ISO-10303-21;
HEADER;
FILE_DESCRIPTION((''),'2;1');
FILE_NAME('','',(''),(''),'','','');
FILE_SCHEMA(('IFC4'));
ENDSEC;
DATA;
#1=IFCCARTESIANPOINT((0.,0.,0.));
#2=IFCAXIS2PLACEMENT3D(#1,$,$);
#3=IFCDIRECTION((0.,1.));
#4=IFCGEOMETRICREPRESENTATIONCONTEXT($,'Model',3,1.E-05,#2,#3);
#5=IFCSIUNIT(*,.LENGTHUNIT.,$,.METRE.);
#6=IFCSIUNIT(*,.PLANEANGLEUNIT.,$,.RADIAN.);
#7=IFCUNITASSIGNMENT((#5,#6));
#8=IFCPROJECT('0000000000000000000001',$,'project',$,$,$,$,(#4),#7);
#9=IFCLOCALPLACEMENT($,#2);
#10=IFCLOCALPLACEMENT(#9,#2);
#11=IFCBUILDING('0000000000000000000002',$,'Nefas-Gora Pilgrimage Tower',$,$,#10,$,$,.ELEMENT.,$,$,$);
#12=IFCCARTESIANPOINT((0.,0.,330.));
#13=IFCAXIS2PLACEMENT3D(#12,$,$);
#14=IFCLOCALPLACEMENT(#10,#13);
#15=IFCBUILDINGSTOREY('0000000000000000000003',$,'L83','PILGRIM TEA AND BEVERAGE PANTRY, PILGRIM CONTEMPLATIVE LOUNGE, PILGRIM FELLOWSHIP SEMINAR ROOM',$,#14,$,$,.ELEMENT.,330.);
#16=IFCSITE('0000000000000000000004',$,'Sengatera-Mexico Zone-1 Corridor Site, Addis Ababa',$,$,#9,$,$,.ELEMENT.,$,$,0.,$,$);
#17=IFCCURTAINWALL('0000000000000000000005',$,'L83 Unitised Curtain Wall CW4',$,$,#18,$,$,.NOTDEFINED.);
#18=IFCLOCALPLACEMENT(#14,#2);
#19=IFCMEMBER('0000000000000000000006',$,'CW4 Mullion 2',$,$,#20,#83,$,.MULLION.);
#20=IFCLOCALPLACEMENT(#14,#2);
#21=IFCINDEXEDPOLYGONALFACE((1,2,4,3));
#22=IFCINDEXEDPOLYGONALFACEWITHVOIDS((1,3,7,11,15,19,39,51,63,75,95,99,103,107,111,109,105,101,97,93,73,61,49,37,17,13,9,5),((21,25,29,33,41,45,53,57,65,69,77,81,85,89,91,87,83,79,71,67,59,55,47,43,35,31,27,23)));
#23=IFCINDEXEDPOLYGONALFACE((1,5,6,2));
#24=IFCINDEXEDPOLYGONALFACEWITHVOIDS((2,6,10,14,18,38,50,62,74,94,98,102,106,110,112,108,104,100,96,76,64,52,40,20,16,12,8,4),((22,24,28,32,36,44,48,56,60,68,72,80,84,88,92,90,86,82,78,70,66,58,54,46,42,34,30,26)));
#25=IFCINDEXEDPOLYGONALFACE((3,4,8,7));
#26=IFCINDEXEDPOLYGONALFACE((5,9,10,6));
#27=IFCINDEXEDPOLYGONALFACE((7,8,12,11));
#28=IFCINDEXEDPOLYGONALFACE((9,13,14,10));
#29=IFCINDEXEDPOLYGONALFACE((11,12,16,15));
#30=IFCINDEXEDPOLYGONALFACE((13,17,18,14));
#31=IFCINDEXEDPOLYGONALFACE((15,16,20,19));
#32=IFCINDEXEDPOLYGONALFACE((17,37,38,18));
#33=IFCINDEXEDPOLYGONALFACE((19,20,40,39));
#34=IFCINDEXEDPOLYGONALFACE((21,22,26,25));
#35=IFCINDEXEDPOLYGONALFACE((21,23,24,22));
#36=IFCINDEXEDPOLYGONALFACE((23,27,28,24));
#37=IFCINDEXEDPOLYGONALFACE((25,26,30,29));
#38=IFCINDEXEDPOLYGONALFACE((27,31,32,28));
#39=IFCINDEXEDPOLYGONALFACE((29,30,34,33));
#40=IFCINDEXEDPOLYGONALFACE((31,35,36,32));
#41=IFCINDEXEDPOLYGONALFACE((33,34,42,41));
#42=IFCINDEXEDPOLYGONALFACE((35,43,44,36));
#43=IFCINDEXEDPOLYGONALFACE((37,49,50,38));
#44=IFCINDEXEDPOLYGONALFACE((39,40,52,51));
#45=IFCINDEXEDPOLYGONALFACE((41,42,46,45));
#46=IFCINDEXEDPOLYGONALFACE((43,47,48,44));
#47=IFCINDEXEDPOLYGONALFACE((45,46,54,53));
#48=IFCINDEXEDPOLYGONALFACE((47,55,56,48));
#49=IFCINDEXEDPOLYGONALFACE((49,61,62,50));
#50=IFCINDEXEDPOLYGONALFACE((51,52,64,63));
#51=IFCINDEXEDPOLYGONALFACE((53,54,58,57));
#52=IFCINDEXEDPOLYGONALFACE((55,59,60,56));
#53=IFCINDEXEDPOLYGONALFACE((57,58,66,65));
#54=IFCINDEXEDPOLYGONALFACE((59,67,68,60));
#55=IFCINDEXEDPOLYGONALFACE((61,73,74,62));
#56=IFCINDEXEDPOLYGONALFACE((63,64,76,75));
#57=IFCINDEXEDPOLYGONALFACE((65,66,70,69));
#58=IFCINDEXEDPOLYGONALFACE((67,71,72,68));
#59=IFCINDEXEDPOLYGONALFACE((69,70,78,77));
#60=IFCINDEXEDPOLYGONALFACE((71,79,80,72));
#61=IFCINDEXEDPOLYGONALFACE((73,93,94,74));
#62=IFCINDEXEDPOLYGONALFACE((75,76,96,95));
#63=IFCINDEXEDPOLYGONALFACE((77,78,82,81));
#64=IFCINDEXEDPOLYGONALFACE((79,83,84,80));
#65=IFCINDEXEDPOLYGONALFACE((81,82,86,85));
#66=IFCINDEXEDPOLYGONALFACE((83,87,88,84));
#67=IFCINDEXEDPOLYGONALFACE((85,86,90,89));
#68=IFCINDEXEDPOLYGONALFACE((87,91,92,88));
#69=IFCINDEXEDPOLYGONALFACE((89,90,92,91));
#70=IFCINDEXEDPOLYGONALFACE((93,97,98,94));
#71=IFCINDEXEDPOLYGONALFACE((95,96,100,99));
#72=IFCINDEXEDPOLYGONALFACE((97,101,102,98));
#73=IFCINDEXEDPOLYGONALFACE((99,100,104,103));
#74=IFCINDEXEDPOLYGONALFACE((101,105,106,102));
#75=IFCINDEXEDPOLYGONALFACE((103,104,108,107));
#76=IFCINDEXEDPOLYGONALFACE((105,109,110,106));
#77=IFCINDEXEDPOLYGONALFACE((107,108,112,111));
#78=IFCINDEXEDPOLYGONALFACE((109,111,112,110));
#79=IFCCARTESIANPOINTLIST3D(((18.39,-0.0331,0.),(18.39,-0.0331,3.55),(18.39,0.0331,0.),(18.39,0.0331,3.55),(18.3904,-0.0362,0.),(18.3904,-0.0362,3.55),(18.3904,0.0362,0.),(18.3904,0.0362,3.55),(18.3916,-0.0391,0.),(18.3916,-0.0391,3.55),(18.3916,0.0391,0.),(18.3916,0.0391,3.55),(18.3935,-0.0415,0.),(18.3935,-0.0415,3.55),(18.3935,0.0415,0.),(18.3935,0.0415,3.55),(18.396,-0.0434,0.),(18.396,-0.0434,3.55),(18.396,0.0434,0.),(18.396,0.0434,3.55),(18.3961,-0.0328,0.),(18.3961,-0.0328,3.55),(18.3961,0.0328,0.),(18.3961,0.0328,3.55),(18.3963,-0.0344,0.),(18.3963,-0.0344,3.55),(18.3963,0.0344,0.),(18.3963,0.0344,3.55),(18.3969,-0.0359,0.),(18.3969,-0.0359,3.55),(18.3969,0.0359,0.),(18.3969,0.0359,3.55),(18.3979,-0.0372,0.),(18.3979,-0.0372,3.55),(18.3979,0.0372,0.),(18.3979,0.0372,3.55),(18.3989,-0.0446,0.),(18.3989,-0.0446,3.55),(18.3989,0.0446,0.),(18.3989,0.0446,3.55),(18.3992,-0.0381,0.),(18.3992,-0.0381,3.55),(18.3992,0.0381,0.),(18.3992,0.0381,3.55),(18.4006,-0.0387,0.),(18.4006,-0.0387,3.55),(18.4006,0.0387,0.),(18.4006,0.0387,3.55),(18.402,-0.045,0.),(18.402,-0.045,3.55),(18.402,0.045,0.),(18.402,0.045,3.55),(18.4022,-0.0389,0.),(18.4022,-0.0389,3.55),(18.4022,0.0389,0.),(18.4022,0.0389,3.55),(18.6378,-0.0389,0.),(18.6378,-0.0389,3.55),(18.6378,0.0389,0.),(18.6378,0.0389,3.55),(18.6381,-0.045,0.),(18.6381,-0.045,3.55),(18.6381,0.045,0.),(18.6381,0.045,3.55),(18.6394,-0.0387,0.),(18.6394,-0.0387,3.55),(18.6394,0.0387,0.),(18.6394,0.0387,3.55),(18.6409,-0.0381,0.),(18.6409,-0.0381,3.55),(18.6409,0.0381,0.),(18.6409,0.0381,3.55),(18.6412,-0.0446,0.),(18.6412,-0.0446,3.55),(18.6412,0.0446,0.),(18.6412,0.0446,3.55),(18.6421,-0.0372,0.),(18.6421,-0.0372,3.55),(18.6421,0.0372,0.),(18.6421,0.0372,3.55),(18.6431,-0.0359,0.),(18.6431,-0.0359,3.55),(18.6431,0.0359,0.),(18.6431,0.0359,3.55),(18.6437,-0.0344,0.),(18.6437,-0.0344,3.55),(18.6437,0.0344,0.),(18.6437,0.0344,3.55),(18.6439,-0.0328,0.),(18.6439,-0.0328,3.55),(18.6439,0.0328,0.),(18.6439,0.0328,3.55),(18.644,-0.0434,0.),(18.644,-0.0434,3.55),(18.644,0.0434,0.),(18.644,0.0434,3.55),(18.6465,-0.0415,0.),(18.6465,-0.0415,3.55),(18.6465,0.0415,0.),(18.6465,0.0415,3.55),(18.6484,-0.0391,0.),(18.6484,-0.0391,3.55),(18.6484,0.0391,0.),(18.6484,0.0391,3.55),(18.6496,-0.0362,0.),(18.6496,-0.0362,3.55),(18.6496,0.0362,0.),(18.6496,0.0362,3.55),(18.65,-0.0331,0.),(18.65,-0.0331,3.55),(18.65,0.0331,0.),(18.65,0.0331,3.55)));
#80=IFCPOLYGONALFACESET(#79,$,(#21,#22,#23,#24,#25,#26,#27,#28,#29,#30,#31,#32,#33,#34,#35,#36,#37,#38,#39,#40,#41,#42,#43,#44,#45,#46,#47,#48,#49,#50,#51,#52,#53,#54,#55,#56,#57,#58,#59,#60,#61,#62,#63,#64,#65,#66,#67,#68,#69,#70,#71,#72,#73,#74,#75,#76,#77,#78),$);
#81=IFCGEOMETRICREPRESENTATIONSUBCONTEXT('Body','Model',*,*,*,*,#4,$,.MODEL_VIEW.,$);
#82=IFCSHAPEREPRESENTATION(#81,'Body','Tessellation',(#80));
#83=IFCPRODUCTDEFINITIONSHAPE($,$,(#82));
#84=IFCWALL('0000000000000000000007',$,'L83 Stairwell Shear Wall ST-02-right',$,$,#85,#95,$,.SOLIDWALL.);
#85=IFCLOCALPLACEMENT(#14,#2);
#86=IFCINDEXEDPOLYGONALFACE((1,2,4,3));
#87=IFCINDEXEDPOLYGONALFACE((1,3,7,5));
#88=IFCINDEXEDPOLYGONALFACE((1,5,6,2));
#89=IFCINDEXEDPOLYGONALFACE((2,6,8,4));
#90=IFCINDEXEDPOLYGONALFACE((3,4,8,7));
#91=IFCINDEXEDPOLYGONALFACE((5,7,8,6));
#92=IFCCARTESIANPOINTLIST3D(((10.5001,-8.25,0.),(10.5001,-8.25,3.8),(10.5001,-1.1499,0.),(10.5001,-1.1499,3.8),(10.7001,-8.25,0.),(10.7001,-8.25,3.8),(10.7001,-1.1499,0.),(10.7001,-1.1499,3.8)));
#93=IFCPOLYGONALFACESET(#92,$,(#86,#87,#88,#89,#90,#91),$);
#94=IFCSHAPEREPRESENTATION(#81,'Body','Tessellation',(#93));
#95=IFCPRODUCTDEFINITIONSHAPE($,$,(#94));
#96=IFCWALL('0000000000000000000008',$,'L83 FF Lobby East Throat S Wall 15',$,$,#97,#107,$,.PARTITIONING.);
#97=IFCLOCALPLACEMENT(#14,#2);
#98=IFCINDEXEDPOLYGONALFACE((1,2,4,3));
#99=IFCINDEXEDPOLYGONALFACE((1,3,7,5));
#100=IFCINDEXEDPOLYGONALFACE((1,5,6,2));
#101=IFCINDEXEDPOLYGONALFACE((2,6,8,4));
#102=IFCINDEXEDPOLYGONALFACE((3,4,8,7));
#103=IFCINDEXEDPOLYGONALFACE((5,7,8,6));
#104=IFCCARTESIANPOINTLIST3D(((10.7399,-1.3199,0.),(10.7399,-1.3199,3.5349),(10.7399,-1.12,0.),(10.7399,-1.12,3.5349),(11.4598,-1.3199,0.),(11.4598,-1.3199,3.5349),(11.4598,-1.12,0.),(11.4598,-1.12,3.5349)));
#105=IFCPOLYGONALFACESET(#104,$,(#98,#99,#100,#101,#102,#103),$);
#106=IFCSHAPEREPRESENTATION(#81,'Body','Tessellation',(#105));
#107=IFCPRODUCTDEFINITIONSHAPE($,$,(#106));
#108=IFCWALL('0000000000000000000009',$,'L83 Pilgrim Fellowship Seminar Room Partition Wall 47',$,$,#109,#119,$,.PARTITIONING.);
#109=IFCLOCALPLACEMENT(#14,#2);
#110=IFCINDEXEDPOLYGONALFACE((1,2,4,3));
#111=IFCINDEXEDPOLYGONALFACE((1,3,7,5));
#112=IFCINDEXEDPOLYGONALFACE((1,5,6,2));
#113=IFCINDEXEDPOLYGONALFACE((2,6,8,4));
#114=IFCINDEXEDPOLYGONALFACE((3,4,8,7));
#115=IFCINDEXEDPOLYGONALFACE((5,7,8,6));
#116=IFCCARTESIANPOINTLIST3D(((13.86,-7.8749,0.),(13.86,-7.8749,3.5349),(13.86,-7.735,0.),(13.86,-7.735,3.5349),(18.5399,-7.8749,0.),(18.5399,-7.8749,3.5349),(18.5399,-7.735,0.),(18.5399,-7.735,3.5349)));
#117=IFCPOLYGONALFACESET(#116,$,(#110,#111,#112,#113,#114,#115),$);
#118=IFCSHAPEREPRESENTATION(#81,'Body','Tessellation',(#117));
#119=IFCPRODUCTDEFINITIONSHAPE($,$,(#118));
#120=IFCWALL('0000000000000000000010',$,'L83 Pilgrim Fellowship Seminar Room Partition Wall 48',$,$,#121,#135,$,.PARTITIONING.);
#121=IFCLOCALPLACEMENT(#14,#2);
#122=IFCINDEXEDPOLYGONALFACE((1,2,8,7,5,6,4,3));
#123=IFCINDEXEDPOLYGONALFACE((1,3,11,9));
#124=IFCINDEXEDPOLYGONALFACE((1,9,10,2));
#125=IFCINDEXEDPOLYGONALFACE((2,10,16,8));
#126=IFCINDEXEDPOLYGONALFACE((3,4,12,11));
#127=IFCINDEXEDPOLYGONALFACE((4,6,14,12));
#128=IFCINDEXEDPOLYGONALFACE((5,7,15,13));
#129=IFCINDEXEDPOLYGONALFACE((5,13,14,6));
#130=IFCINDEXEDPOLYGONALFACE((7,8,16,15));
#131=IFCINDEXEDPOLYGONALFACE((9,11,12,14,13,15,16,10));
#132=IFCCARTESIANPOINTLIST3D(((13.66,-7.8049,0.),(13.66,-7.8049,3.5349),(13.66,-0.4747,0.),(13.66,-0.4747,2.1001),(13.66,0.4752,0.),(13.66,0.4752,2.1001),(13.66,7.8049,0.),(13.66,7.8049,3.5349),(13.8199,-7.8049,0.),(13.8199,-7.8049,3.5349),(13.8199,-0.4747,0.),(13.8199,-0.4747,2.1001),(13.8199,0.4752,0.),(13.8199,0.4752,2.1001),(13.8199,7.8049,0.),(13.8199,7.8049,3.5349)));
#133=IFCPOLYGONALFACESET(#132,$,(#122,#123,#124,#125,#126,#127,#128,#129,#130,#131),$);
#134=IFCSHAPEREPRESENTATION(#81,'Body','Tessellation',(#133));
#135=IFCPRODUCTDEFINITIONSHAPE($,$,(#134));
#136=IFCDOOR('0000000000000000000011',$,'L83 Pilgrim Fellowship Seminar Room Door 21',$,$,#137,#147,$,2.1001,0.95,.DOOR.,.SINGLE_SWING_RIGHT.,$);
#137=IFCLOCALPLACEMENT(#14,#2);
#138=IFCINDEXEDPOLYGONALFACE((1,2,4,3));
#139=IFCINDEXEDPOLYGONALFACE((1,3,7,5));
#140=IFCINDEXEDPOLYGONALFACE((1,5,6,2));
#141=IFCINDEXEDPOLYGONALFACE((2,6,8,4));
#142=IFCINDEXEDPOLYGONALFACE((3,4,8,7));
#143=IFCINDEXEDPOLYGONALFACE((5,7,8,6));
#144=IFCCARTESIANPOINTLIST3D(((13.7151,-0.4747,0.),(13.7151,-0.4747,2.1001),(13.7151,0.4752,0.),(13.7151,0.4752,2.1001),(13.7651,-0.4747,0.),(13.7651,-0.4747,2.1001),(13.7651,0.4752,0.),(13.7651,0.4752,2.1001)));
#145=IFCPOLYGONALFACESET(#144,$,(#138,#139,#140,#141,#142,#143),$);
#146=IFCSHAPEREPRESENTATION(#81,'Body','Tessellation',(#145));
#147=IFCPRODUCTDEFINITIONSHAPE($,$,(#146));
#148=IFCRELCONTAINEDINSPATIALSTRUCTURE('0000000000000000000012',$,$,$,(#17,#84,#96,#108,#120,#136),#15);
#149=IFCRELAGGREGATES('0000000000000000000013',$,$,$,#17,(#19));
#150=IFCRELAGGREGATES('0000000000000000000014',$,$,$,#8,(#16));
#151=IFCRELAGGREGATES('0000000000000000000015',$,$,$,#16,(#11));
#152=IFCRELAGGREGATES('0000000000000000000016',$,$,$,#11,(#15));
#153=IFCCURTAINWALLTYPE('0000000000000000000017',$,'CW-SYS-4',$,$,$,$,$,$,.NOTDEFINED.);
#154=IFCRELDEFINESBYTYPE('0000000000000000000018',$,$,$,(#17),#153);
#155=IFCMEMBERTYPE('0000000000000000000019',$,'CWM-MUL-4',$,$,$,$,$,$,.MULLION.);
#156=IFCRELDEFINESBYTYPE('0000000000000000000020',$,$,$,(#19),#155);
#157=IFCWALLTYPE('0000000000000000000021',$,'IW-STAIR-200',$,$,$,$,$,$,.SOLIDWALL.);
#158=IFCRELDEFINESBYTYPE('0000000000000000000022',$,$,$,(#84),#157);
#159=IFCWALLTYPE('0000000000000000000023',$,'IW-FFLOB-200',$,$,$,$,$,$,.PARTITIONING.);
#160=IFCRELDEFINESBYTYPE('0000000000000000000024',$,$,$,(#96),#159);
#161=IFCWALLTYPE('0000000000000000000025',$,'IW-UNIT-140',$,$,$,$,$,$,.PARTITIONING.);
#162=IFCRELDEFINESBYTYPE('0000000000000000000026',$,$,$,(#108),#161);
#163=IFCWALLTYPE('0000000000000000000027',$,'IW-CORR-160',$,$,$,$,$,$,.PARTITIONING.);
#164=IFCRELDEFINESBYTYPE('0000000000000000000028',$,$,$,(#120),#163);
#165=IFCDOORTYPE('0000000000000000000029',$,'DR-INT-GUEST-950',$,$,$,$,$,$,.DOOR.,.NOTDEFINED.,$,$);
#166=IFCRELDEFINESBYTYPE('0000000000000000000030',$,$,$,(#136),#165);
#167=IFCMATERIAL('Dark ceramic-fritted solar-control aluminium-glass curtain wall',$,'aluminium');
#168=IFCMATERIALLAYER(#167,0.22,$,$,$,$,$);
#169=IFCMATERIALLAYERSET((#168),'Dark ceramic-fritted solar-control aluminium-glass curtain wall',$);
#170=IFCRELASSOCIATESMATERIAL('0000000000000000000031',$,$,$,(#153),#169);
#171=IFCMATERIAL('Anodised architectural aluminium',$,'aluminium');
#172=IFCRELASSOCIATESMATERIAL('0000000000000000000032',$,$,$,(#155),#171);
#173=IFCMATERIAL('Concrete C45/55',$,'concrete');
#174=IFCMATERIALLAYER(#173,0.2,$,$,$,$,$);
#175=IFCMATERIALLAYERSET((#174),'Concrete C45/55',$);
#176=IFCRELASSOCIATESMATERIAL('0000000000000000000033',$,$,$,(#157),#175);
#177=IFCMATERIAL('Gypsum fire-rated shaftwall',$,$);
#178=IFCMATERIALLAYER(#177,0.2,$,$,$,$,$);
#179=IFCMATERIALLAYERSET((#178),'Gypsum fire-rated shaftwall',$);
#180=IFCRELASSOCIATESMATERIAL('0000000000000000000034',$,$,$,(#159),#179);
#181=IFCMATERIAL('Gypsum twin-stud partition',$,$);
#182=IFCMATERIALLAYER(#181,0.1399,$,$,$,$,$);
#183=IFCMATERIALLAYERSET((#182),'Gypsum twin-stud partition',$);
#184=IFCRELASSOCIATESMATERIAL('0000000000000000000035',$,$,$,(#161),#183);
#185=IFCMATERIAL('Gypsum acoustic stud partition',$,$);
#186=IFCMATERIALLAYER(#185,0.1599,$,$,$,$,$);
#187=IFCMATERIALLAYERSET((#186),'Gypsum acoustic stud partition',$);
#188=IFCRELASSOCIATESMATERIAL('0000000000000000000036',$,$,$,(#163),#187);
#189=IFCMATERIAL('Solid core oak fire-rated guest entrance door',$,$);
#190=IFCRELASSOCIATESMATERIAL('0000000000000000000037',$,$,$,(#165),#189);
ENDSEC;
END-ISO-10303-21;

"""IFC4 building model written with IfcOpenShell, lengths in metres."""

from ifc_helpers import new_model, si_unit, direction, frame, frame_2d, origin, origin_2d, place, context, subcontext, project, spatial, rectangle, hollow_rectangle, extrude, source, transform, mapped, material, layer, layer_set, material_profile, profile_set, type_object, element, fill, aggregate, save


model = new_model("IFC4")

# Units and contexts
model_context = context("Model", 3, precision=1e-05, world=origin(), true_north=direction((0.0, 1.0)))
body_context = subcontext(model_context, "Body", "Model", "MODEL_VIEW")
ifc_project = project(units=[si_unit("LENGTHUNIT", "METRE"), si_unit("PLANEANGLEUNIT", "RADIAN")], contexts=[model_context])

# Site, building, storey
site_placement = place(None, origin())
site = spatial("IfcSite", under=ifc_project, at=site_placement, Name="Sengatera-Mexico Zone-1 Corridor Site, Addis Ababa", CompositionType="ELEMENT", RefElevation=0.0)
building_placement = place(site_placement, origin())
building = spatial("IfcBuilding", under=site, at=building_placement, Name="Nefas-Gora Pilgrimage Tower", CompositionType="ELEMENT")
storey_placement = place(building_placement, frame((0.0, 0.0, 330.0)))
storey = spatial("IfcBuildingStorey", under=building, at=storey_placement, Name="L83", Description="PILGRIM TEA AND BEVERAGE PANTRY, PILGRIM CONTEMPLATIVE LOUNGE, PILGRIM FELLOWSHIP SEMINAR ROOM", CompositionType="ELEMENT", Elevation=330.0)

# Curtain wall, member
ifc_material_1 = material(Name="Dark ceramic-fritted solar-control aluminium-glass curtain wall", Category="aluminium")
ifc_layer_1 = layer(ifc_material_1, 0.22)
ifc_layer_set_1 = layer_set([ifc_layer_1], Name="Dark ceramic-fritted solar-control aluminium-glass curtain wall")
curtain_wall_type = type_object("IfcCurtainWallType", Name="CW-SYS-4", PredefinedType="NOTDEFINED", material=ifc_layer_set_1)
curtain_wall_placement = place(storey_placement, origin())
curtain_wall = element("IfcCurtainWall", 1, at=curtain_wall_placement, inside=storey, type_object=curtain_wall_type, Name="L83 Unitised Curtain Wall CW4", PredefinedType="NOTDEFINED")
ifc_material_2 = material(Name="Anodised architectural aluminium", Category="aluminium")
ifc_material_profile_1 = material_profile(ifc_material_2, hollow_rectangle(XDim=0.0901, YDim=0.26, WallThickness=0.0061, InnerFilletRadius=0.0061, OuterFilletRadius=0.012, at=origin_2d()), Name="ALU MULLION 90x260")
ifc_profile_set_1 = profile_set([ifc_material_profile_1], Name="Anodised architectural aluminium")
member_type = type_object("IfcMemberType", Name="CWM-MUL-4", PredefinedType="MULLION", material=ifc_profile_set_1)
shared_shape_1 = source(origin(), body_context, "Body", "SweptSolid", [
    extrude(hollow_rectangle(XDim=0.0901, YDim=0.26, WallThickness=0.0061, InnerFilletRadius=0.0061, OuterFilletRadius=0.012, at=origin_2d()), origin(), (0.0, 0.0, 1.0), 3.55),
])
member_placement = place(storey_placement, frame((18.52, 0.0, 0.0), z_axis=(0.0, 0.0, 1.0), x_axis=(0.0, 1.0, 0.0)))
member = element("IfcMember", 2, at=member_placement, type_object=member_type, Name="CW4 Mullion 2", PredefinedType="MULLION", context=body_context, shape_type="MappedRepresentation", body=[
    mapped(shared_shape_1, transform((0.0, 0.0, 0.0), x_axis=(1.0, 0.0, 0.0), y_axis=(0.0, 1.0, 0.0), z_axis=(0.0, 0.0, 1.0), scale=1.0)),
])
aggregate(curtain_wall, [member])

# Walls
ifc_material_3 = material(Name="Concrete C45/55", Category="concrete")
ifc_layer_2 = layer(ifc_material_3, 0.2)
ifc_layer_set_2 = layer_set([ifc_layer_2], Name="Concrete C45/55")
wall_type_1 = type_object("IfcWallType", Name="IW-STAIR-200", PredefinedType="SOLIDWALL", material=ifc_layer_set_2)
shared_shape_2 = source(origin(), body_context, "Body", "SweptSolid", [
    extrude(rectangle(XDim=7.1001, YDim=0.2, at=frame_2d((3.55, 0.0))), origin(), (0.0, 0.0, 1.0), 3.8),
])
wall_1_placement = place(storey_placement, frame((10.6001, -1.1499, 0.0), z_axis=(0.0, 0.0, 1.0), x_axis=(0.0, -1.0, 0.0)))
element("IfcWall", 3, at=wall_1_placement, inside=storey, type_object=wall_type_1, Name="L83 Stairwell Shear Wall ST-02-right", PredefinedType="SOLIDWALL", context=body_context, shape_type="MappedRepresentation", body=[
    mapped(shared_shape_2, transform((0.0, 0.0, 0.0), x_axis=(1.0, 0.0, 0.0), y_axis=(0.0, 1.0, 0.0), z_axis=(0.0, 0.0, 1.0), scale=1.0)),
])
ifc_material_4 = material(Name="Gypsum fire-rated shaftwall")
ifc_layer_3 = layer(ifc_material_4, 0.2)
ifc_layer_set_3 = layer_set([ifc_layer_3], Name="Gypsum fire-rated shaftwall")
wall_type_2 = type_object("IfcWallType", Name="IW-FFLOB-200", PredefinedType="PARTITIONING", material=ifc_layer_set_3)
shared_shape_3 = source(origin(), body_context, "Body", "SweptSolid", [
    extrude(rectangle(XDim=0.72, YDim=0.2, at=frame_2d((0.3599, 0.0))), origin(), (0.0, 0.0, 1.0), 3.5349),
])
wall_2_placement = place(storey_placement, frame((10.74, -1.22, 0.0), z_axis=(0.0, 0.0, 1.0), x_axis=(1.0, 0.0, 0.0)))
element("IfcWall", 4, at=wall_2_placement, inside=storey, type_object=wall_type_2, Name="L83 FF Lobby East Throat S Wall 15", PredefinedType="PARTITIONING", context=body_context, shape_type="MappedRepresentation", body=[
    mapped(shared_shape_3, transform((0.0, 0.0, 0.0), x_axis=(1.0, 0.0, 0.0), y_axis=(0.0, 1.0, 0.0), z_axis=(0.0, 0.0, 1.0), scale=1.0)),
])

# Wall
ifc_material_5 = material(Name="Gypsum twin-stud partition")
ifc_layer_4 = layer(ifc_material_5, 0.1399)
ifc_layer_set_4 = layer_set([ifc_layer_4], Name="Gypsum twin-stud partition")
wall_type_3 = type_object("IfcWallType", Name="IW-UNIT-140", PredefinedType="PARTITIONING", material=ifc_layer_set_4)
shared_shape_4 = source(origin(), body_context, "Body", "SweptSolid", [
    extrude(rectangle(XDim=4.6799, YDim=0.1399, at=frame_2d((2.3398, 0.0))), origin(), (0.0, 0.0, 1.0), 3.5349),
])
wall_3_placement = place(storey_placement, frame((13.8601, -7.8049, 0.0), z_axis=(0.0, 0.0, 1.0), x_axis=(1.0, 0.0, 0.0)))
element("IfcWall", 5, at=wall_3_placement, inside=storey, type_object=wall_type_3, Name="L83 Pilgrim Fellowship Seminar Room Partition Wall 47", PredefinedType="PARTITIONING", context=body_context, shape_type="MappedRepresentation", body=[
    mapped(shared_shape_4, transform((0.0, 0.0, 0.0), x_axis=(1.0, 0.0, 0.0), y_axis=(0.0, 1.0, 0.0), z_axis=(0.0, 0.0, 1.0), scale=1.0)),
])

# Wall, opening, door
ifc_material_6 = material(Name="Gypsum acoustic stud partition")
ifc_layer_5 = layer(ifc_material_6, 0.1599)
ifc_layer_set_5 = layer_set([ifc_layer_5], Name="Gypsum acoustic stud partition")
wall_type_4 = type_object("IfcWallType", Name="IW-CORR-160", PredefinedType="PARTITIONING", material=ifc_layer_set_5)
shared_shape_5 = source(origin(), body_context, "Body", "SweptSolid", [
    extrude(rectangle(XDim=15.6099, YDim=0.1599, at=frame_2d((7.8049, 0.0))), origin(), (0.0, 0.0, 1.0), 3.5349),
])
wall_4_placement = place(storey_placement, frame((13.74, -7.8049, 0.0), z_axis=(0.0, 0.0, 1.0), x_axis=(0.0, 1.0, 0.0)))
wall_4 = element("IfcWall", 6, at=wall_4_placement, inside=storey, type_object=wall_type_4, Name="L83 Pilgrim Fellowship Seminar Room Partition Wall 48", PredefinedType="PARTITIONING", context=body_context, shape_type="MappedRepresentation", body=[
    mapped(shared_shape_5, transform((0.0, 0.0, 0.0), x_axis=(1.0, 0.0, 0.0), y_axis=(0.0, 1.0, 0.0), z_axis=(0.0, 0.0, 1.0), scale=1.0)),
])
opening_1_placement = place(wall_4_placement, frame((7.3301, 0.0, 0.0)))
opening_1 = element("IfcOpeningElement", 7, at=opening_1_placement, cuts=wall_4, PredefinedType="OPENING", context=body_context, shape_type="SweptSolid", body=[
    extrude(rectangle(XDim=0.95, YDim=2.1001, at=frame_2d((0.4751, 1.05))), frame((0.0, 0.0898, 0.0), z_axis=(0.0, -1.0, 0.0), x_axis=(1.0, 0.0, 0.0)), (0.0, 0.0, 1.0), 0.1799),
])
ifc_material_7 = material(Name="Solid core oak fire-rated guest entrance door")
door_type_1 = type_object("IfcDoorType", Name="DR-INT-GUEST-950", OperationType="NOTDEFINED", PredefinedType="DOOR", material=ifc_material_7)
shared_shape_6 = source(origin(), body_context, "Body", "SweptSolid", [
    extrude(rectangle(XDim=0.95, YDim=2.1001, at=frame_2d((0.4751, 1.05))), frame((0.0, 0.0249, 0.0), z_axis=(0.0, -1.0, 0.0), x_axis=(1.0, 0.0, 0.0)), (0.0, 0.0, 1.0), 0.05),
])
door_1_placement = place(opening_1_placement, origin())
door_1 = element("IfcDoor", 8, at=door_1_placement, inside=storey, type_object=door_type_1, Name="L83 Pilgrim Fellowship Seminar Room Door 21", OperationType="SINGLE_SWING_RIGHT", OverallHeight=2.1001, OverallWidth=0.95, PredefinedType="DOOR", context=body_context, shape_type="MappedRepresentation", body=[
    mapped(shared_shape_6, transform((0.0, 0.0, 0.0), x_axis=(1.0, 0.0, 0.0), y_axis=(0.0, 1.0, 0.0), z_axis=(0.0, 0.0, 1.0), scale=1.0)),
])
fill(opening_1, door_1)

save(model, "model.ifc")
